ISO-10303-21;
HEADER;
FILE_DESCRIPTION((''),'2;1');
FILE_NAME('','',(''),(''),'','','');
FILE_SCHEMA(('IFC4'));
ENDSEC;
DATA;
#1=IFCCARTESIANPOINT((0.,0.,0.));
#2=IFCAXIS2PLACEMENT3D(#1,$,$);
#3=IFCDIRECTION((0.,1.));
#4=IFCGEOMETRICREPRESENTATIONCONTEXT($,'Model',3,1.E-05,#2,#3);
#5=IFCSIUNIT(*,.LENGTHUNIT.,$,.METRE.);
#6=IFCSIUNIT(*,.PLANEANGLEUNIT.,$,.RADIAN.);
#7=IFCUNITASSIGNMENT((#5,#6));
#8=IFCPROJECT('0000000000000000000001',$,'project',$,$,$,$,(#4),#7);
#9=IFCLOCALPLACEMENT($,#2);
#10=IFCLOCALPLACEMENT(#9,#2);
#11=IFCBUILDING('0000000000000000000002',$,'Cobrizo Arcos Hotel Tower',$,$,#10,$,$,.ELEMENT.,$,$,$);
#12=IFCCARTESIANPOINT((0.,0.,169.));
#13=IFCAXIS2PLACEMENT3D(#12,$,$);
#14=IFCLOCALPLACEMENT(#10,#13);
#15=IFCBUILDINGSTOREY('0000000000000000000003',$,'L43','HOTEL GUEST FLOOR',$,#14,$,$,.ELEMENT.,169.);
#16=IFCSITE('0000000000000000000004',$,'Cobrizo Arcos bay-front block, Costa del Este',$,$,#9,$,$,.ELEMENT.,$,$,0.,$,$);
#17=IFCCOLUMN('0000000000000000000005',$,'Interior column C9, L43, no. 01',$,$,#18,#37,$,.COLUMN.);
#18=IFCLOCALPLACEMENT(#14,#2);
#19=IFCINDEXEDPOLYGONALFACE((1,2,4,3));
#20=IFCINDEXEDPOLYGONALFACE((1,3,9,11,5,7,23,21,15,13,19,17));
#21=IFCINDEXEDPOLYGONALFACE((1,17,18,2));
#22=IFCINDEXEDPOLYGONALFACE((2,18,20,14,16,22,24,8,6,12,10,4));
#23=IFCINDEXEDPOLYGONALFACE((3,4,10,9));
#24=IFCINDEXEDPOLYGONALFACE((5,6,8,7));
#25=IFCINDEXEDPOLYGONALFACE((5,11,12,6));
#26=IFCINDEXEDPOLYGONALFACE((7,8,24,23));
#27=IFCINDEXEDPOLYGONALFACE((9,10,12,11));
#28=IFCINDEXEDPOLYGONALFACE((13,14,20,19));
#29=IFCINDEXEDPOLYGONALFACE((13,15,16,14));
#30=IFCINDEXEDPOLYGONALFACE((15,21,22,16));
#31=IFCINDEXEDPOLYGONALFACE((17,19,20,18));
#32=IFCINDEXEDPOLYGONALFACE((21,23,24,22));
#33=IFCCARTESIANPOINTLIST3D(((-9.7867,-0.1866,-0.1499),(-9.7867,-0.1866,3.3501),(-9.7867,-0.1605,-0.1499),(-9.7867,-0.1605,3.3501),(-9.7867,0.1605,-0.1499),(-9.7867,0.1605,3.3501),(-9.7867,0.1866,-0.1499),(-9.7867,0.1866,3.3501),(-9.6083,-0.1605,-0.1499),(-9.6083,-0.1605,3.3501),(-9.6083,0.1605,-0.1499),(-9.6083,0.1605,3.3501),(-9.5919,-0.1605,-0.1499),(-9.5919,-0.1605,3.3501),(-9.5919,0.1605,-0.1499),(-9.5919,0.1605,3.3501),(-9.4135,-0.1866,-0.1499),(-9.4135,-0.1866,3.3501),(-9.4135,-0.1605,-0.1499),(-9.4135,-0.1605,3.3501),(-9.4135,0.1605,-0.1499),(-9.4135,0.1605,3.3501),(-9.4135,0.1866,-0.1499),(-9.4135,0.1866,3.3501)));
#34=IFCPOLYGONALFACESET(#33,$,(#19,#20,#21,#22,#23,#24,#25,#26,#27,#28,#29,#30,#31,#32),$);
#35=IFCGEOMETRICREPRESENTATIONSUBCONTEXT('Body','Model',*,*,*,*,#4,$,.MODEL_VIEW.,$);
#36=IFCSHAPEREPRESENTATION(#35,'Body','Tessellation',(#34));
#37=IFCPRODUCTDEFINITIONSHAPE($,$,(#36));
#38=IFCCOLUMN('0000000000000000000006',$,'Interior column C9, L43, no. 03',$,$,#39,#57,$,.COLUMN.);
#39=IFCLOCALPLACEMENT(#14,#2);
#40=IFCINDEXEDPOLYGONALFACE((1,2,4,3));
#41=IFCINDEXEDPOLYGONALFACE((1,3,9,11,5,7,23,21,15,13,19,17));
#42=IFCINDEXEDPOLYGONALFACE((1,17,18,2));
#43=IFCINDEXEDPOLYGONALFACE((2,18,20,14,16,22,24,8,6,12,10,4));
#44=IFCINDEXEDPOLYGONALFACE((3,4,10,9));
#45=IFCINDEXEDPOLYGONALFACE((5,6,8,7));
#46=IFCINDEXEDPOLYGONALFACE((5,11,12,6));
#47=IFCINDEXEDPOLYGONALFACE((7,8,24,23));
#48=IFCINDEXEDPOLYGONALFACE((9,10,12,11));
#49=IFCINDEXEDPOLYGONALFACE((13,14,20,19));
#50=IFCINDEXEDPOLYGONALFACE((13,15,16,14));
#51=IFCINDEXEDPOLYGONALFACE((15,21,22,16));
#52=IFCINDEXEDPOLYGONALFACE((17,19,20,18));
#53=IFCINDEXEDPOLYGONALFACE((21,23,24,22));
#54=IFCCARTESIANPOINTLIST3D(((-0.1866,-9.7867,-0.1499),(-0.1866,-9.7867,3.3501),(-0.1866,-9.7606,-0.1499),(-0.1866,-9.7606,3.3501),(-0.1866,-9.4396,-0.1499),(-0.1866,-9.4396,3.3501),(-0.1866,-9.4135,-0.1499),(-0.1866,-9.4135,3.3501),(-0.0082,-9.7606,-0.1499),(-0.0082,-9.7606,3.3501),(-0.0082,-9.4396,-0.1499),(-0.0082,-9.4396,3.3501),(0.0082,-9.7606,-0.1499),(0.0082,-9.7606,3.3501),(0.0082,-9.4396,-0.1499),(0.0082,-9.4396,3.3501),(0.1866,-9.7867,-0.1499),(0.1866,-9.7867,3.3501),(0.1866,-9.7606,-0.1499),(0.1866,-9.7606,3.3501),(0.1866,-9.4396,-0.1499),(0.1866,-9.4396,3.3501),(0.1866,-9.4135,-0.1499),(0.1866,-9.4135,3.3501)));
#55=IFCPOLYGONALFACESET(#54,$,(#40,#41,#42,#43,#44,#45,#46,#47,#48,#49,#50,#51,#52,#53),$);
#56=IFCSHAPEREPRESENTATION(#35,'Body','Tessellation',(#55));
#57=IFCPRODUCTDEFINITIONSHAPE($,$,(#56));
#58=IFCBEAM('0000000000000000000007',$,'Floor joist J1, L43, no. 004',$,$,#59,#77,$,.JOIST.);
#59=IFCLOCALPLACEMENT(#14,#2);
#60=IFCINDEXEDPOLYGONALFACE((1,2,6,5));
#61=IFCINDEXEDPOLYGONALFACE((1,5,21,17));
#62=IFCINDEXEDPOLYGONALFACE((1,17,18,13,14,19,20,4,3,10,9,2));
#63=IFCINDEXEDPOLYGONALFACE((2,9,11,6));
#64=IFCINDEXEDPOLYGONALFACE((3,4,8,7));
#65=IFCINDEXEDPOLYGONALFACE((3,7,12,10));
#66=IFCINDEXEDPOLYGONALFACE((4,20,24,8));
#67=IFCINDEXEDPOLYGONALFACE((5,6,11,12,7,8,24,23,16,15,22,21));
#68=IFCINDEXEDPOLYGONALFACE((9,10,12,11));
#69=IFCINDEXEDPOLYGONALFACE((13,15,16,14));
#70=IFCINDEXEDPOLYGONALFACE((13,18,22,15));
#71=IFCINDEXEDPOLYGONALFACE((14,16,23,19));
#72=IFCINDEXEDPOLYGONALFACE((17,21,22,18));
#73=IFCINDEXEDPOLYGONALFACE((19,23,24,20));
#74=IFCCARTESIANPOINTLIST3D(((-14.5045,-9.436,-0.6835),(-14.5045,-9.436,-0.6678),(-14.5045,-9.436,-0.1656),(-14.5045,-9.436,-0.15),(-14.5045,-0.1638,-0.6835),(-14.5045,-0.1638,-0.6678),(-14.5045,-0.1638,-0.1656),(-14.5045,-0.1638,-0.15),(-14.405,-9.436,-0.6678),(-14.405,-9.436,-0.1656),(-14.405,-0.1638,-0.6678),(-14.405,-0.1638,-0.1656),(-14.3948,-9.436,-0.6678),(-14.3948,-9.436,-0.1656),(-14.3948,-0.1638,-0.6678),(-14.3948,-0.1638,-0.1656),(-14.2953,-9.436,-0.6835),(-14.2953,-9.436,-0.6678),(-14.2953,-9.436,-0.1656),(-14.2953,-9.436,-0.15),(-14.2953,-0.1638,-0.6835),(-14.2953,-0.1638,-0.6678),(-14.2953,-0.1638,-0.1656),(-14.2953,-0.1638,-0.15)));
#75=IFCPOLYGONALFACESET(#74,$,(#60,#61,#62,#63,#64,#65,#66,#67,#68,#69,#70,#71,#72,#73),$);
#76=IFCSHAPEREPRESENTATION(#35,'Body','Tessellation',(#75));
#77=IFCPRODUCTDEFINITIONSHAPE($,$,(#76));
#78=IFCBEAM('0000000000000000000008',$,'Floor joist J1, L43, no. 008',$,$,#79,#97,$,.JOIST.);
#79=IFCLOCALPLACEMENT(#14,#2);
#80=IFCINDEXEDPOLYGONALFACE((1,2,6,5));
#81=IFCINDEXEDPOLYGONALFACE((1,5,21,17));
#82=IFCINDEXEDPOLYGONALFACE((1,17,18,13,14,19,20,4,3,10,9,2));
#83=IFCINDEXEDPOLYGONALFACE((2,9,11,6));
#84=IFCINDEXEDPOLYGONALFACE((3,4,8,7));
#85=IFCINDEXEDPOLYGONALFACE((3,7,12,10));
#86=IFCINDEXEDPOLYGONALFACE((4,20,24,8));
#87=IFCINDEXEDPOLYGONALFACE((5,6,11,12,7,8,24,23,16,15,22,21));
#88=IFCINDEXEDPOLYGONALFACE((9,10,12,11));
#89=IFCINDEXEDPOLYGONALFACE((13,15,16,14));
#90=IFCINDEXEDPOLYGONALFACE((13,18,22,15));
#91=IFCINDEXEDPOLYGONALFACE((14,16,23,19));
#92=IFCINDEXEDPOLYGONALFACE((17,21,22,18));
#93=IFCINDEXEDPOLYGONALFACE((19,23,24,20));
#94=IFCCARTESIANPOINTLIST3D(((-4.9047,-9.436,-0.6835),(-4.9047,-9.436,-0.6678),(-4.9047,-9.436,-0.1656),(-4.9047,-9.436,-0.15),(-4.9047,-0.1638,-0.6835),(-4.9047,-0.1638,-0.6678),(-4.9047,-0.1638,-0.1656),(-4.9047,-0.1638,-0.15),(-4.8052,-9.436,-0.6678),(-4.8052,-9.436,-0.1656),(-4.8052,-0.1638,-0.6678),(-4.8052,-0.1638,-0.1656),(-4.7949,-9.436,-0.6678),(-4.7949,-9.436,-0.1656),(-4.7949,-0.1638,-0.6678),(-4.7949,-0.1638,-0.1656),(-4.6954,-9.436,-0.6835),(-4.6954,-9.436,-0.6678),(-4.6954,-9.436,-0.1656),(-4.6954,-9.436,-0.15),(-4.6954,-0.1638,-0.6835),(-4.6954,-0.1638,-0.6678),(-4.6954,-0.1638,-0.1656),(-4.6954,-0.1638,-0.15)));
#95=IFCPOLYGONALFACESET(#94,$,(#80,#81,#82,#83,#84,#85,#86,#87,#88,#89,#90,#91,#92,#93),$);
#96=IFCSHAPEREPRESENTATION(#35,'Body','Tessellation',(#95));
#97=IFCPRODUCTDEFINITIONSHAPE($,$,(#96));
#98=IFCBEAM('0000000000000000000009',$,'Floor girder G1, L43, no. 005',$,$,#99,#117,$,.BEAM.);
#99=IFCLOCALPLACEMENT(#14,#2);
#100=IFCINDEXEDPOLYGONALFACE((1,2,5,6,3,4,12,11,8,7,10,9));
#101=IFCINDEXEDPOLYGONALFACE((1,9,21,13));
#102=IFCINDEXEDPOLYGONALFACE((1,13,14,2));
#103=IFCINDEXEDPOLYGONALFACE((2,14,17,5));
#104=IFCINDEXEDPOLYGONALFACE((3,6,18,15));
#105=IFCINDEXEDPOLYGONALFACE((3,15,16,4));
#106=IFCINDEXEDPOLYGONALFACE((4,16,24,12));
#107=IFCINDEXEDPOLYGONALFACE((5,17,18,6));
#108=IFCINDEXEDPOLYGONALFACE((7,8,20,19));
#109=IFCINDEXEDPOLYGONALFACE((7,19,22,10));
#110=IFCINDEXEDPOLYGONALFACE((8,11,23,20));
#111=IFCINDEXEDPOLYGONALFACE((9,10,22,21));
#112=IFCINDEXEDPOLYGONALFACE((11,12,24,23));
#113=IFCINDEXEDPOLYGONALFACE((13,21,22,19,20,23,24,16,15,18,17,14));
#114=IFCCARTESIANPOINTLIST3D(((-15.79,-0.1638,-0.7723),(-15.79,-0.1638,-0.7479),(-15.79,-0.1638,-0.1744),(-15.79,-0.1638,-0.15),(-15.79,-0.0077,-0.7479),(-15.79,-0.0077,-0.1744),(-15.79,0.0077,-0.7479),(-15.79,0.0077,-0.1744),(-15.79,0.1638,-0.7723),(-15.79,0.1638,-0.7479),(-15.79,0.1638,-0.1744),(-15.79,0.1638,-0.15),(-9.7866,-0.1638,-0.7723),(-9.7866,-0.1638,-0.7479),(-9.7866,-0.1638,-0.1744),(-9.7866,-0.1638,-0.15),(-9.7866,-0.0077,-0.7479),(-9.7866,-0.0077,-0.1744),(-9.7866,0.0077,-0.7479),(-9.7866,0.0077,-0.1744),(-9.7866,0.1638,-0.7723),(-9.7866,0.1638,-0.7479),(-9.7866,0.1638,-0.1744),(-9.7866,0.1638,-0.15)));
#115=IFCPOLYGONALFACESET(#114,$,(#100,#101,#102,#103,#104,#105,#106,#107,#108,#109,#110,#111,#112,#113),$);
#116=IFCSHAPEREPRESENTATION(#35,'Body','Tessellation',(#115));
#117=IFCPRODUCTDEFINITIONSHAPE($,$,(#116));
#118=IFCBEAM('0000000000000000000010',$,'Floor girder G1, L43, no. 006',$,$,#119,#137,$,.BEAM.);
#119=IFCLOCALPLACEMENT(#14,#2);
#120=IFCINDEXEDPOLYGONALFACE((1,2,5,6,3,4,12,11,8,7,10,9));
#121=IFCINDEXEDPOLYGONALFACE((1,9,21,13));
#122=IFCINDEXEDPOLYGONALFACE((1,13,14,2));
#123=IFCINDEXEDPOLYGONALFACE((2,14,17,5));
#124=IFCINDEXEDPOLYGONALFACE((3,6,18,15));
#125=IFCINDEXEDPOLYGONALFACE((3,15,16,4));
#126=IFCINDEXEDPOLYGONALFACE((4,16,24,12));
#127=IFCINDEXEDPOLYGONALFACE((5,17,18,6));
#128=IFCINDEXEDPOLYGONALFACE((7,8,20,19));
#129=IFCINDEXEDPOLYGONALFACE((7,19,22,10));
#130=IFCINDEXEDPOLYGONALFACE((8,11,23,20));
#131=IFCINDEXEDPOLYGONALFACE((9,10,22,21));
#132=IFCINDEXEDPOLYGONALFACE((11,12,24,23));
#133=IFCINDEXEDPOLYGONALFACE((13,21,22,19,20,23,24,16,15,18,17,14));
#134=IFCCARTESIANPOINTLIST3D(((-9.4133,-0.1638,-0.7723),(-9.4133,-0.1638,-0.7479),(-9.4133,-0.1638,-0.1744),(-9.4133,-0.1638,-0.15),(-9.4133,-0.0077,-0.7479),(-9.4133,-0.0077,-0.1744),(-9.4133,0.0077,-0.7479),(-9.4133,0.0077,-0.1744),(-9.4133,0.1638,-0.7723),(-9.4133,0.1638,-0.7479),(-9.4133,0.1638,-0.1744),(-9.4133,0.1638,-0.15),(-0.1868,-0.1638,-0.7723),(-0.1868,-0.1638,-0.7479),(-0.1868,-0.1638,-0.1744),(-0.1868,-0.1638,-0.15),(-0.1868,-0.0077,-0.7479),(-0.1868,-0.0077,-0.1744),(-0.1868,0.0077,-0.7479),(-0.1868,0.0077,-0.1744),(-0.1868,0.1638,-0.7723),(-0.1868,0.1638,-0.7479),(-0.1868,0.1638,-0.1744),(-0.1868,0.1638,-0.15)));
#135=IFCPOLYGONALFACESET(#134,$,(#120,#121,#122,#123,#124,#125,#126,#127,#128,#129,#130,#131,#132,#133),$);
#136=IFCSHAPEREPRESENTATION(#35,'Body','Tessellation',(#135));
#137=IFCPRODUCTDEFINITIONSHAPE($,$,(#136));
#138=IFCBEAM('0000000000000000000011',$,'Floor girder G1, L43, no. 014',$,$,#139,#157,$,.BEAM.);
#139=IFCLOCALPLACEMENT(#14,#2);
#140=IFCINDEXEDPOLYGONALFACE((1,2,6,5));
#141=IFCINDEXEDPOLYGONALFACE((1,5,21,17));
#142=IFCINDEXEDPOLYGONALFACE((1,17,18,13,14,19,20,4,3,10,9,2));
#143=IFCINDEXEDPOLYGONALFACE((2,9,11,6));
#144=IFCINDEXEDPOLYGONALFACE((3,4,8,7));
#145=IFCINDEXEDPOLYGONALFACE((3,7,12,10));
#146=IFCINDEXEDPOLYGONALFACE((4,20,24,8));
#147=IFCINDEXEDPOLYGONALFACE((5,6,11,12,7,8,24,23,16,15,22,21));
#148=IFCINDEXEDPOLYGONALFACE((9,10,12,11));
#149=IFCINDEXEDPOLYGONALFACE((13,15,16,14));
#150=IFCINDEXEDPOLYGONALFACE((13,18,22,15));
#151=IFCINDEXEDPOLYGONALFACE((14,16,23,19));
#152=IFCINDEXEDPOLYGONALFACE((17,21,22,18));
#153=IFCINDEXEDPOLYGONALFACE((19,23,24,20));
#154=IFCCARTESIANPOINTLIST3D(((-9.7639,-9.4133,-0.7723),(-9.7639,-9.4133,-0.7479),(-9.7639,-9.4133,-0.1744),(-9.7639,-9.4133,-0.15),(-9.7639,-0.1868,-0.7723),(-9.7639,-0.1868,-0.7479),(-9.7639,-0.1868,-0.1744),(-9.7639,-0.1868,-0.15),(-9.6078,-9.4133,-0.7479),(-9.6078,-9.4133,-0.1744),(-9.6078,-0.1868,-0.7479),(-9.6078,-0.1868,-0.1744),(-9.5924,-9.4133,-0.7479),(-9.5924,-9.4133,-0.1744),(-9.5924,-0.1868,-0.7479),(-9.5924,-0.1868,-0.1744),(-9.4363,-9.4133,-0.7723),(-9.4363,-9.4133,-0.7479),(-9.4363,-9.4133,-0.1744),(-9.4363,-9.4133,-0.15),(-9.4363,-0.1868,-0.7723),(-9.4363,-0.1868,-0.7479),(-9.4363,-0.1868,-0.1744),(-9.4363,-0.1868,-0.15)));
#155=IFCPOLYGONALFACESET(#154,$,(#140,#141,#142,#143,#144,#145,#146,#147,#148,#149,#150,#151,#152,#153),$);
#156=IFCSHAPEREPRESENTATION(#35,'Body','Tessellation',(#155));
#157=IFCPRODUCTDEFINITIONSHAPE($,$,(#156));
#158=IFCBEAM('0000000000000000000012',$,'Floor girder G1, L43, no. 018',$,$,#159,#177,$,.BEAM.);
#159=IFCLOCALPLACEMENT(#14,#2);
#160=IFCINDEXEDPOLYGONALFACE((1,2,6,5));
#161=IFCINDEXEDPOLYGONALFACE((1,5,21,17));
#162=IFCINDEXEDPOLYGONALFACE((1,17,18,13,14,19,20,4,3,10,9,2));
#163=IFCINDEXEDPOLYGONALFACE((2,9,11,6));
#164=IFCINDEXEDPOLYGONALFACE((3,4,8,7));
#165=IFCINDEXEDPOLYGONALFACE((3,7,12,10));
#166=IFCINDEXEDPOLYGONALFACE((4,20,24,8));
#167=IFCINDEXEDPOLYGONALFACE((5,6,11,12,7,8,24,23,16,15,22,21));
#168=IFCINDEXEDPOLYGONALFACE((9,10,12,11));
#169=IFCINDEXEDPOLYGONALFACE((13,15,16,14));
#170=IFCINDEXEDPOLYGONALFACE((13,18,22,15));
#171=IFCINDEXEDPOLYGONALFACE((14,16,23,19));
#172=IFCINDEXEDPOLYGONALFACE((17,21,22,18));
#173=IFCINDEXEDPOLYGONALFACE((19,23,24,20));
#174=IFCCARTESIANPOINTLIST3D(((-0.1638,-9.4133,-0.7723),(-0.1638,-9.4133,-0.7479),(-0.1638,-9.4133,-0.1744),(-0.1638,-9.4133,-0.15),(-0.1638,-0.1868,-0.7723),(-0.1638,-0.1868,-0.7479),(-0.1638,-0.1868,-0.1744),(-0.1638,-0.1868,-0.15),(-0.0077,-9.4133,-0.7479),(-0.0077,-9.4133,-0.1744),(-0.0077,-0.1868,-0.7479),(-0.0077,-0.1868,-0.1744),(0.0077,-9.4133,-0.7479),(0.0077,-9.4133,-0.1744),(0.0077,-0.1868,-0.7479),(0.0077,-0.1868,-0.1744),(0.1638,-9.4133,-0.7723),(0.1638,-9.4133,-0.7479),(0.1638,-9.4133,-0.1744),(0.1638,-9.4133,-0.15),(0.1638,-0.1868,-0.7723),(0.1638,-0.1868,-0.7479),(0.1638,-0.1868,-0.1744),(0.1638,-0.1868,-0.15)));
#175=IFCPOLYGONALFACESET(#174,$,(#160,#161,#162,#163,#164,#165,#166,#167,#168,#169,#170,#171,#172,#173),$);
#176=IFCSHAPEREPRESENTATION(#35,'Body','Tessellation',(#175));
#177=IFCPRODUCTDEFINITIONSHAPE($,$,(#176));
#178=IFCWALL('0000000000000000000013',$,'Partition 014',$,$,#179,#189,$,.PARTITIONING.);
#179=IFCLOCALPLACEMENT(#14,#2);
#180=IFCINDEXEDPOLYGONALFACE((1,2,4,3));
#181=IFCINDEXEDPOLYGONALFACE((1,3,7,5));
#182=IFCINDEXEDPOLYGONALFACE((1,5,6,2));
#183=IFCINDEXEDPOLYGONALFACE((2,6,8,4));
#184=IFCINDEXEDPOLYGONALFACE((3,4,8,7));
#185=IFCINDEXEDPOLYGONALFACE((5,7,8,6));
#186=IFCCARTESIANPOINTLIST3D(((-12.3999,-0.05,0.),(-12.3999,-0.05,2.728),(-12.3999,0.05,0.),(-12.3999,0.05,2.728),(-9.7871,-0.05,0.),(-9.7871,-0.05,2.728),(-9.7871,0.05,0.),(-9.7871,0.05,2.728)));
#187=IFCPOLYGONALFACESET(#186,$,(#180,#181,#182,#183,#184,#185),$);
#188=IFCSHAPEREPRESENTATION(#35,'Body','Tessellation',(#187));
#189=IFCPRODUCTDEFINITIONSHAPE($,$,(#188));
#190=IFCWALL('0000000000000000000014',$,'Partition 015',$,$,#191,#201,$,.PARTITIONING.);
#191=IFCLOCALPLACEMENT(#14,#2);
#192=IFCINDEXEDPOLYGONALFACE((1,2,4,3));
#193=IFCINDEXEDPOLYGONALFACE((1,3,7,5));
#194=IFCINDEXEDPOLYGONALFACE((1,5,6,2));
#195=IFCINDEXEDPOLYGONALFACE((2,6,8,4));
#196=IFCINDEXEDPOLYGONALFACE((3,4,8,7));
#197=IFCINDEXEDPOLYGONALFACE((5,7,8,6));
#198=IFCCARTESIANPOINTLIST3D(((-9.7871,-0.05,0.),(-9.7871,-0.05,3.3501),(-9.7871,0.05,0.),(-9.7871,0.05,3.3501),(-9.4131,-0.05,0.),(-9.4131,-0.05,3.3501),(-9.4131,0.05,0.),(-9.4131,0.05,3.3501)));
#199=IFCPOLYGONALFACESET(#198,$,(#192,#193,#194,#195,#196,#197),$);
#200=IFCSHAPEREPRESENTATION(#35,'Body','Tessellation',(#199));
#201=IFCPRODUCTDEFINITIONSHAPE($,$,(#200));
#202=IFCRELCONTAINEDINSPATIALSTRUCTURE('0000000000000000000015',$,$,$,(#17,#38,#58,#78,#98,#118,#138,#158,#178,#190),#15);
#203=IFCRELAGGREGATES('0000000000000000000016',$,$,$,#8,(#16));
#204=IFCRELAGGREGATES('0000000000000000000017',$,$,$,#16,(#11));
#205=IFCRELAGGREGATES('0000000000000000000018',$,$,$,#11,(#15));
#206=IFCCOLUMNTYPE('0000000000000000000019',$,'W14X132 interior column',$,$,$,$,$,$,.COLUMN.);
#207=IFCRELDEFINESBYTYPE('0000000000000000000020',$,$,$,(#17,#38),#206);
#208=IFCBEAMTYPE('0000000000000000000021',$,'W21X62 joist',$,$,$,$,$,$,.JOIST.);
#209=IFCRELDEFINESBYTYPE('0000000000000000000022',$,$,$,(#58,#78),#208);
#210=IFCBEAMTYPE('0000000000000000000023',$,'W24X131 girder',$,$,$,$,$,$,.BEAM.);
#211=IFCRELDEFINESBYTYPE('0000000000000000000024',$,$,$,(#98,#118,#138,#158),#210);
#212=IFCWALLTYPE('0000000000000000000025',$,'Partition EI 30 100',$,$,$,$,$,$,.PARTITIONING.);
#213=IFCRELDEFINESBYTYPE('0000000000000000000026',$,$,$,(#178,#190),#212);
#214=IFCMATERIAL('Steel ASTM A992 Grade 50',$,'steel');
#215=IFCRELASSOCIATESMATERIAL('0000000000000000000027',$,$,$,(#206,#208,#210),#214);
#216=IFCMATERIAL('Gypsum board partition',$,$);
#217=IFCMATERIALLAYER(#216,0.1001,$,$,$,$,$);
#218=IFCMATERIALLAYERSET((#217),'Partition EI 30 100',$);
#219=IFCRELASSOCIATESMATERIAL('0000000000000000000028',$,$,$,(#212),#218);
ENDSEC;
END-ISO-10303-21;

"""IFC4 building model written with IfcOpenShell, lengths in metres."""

from ifc_helpers import new_model, si_unit, direction, frame, frame_2d, origin, origin_2d, place, context, subcontext, project, spatial, rectangle, i_section, extrude, material, layer, layer_set, material_profile, profile_set, type_object, element, save


model = new_model("IFC4")

# Units and contexts
model_context = context("Model", 3, precision=1e-05, world=origin(), true_north=direction((0.0, 1.0)))
body_context = subcontext(model_context, "Body", "Model", "MODEL_VIEW")
ifc_project = project(units=[si_unit("LENGTHUNIT", "METRE"), si_unit("PLANEANGLEUNIT", "RADIAN")], contexts=[model_context])

# Site, building, storey
site_placement = place(None, origin())
site = spatial("IfcSite", under=ifc_project, at=site_placement, Name="Cobrizo Arcos bay-front block, Costa del Este", CompositionType="ELEMENT", RefElevation=0.0)
building_placement = place(site_placement, origin())
building = spatial("IfcBuilding", under=site, at=building_placement, Name="Cobrizo Arcos Hotel Tower", CompositionType="ELEMENT")
storey_placement = place(building_placement, frame((0.0, 0.0, 169.0)))
storey = spatial("IfcBuildingStorey", under=building, at=storey_placement, Name="L43", Description="HOTEL GUEST FLOOR", CompositionType="ELEMENT", Elevation=169.0)

# Columns
ifc_material_1 = material(Name="Steel ASTM A992 Grade 50", Category="steel")
ifc_material_profile_1 = material_profile(ifc_material_1, i_section(OverallWidth=0.3733, OverallDepth=0.3733, WebThickness=0.0164, FlangeThickness=0.0261, at=origin_2d()), Name="W14X132")
ifc_profile_set_1 = profile_set([ifc_material_profile_1], Name="Steel ASTM A992 Grade 50")
column_type = type_object("IfcColumnType", Name="W14X132 interior column", PredefinedType="COLUMN", material=ifc_profile_set_1)
for number, where, z_axis, x_axis, name in (
    (1, (-9.6001, 0.0, -0.1499), (0.0, 0.0, 1.0), (1.0, 0.0, 0.0), "Interior column C9, L43, no. 01"),
    (2, (0.0, -9.6001, -0.1499), (0.0, 0.0, 1.0), (1.0, 0.0, 0.0), "Interior column C9, L43, no. 03"),
):
    element("IfcColumn", number, at=place(storey_placement, frame(where, z_axis=z_axis, x_axis=x_axis)), inside=storey, type_object=column_type, Name=name, PredefinedType="COLUMN", context=body_context, shape_type="SweptSolid", body=[
        extrude(i_section(OverallWidth=0.3733, OverallDepth=0.3733, WebThickness=0.0164, FlangeThickness=0.0261, at=origin_2d()), origin(), (0.0, 0.0, 1.0), 3.5),
    ])

# Beams
ifc_material_profile_2 = material_profile(ifc_material_1, i_section(OverallWidth=0.2092, OverallDepth=0.5334, WebThickness=0.0103, FlangeThickness=0.0156, at=origin_2d()), Name="W21X62")
ifc_profile_set_2 = profile_set([ifc_material_profile_2], Name="Steel ASTM A992 Grade 50")
beam_type_1 = type_object("IfcBeamType", Name="W21X62 joist", PredefinedType="JOIST", material=ifc_profile_set_2)
for number, where, z_axis, x_axis, name in (
    (3, (-14.3999, -9.436, -0.4167), (0.0, 1.0, 0.0), (-1.0, 0.0, 0.0), "Floor joist J1, L43, no. 004"),
    (4, (-4.8, -9.436, -0.4167), (0.0, 1.0, 0.0), (-1.0, 0.0, 0.0), "Floor joist J1, L43, no. 008"),
):
    element("IfcBeam", number, at=place(storey_placement, frame(where, z_axis=z_axis, x_axis=x_axis)), inside=storey, type_object=beam_type_1, Name=name, PredefinedType="JOIST", context=body_context, shape_type="SweptSolid", body=[
        extrude(i_section(OverallWidth=0.2092, OverallDepth=0.5334, WebThickness=0.0103, FlangeThickness=0.0156, at=origin_2d()), origin(), (0.0, 0.0, 1.0), 9.2722),
    ])
ifc_material_profile_3 = material_profile(ifc_material_1, i_section(OverallWidth=0.3276, OverallDepth=0.6223, WebThickness=0.0154, FlangeThickness=0.0244, at=origin_2d()), Name="W24X131")
ifc_profile_set_3 = profile_set([ifc_material_profile_3], Name="Steel ASTM A992 Grade 50")
beam_type_2 = type_object("IfcBeamType", Name="W24X131 girder", PredefinedType="BEAM", material=ifc_profile_set_3)
beam_placement = place(storey_placement, frame((-15.79, 0.0, -0.4612), z_axis=(1.0, 0.0, 0.0), x_axis=(0.0, 1.0, 0.0)))
element("IfcBeam", 5, at=beam_placement, inside=storey, type_object=beam_type_2, Name="Floor girder G1, L43, no. 005", PredefinedType="BEAM", context=body_context, shape_type="SweptSolid", body=[
    extrude(i_section(OverallWidth=0.3276, OverallDepth=0.6223, WebThickness=0.0154, FlangeThickness=0.0244, at=origin_2d()), origin(), (0.0, 0.0, 1.0), 6.0034),
])
for number, where, z_axis, x_axis, name in (
    (6, (-9.4133, 0.0, -0.4612), (1.0, 0.0, 0.0), (0.0, 1.0, 0.0), "Floor girder G1, L43, no. 006"),
    (7, (-9.6001, -9.4133, -0.4612), (0.0, 1.0, 0.0), (-1.0, 0.0, 0.0), "Floor girder G1, L43, no. 014"),
    (8, (0.0, -9.4133, -0.4612), (0.0, 1.0, 0.0), (-1.0, 0.0, 0.0), "Floor girder G1, L43, no. 018"),
):
    element("IfcBeam", number, at=place(storey_placement, frame(where, z_axis=z_axis, x_axis=x_axis)), inside=storey, type_object=beam_type_2, Name=name, PredefinedType="BEAM", context=body_context, shape_type="SweptSolid", body=[
        extrude(i_section(OverallWidth=0.3276, OverallDepth=0.6223, WebThickness=0.0154, FlangeThickness=0.0244, at=origin_2d()), origin(), (0.0, 0.0, 1.0), 9.2266),
    ])

# Walls
ifc_material_2 = material(Name="Gypsum board partition")
ifc_layer_1 = layer(ifc_material_2, 0.1001)
ifc_layer_set_1 = layer_set([ifc_layer_1], Name="Partition EI 30 100")
wall_type_1 = type_object("IfcWallType", Name="Partition EI 30 100", PredefinedType="PARTITIONING", material=ifc_layer_set_1)
wall_1_placement = place(storey_placement, frame((-12.3999, 0.0, 0.0), z_axis=(0.0, 0.0, 1.0), x_axis=(1.0, 0.0, 0.0)))
element("IfcWall", 9, at=wall_1_placement, inside=storey, type_object=wall_type_1, Name="Partition 014", PredefinedType="PARTITIONING", context=body_context, shape_type="SweptSolid", body=[
    extrude(rectangle(XDim=2.6128, YDim=0.1001, at=frame_2d((1.3064, 0.0))), origin(), (0.0, 0.0, 1.0), 2.728),
])
wall_2_placement = place(storey_placement, frame((-9.7871, 0.0, 0.0), z_axis=(0.0, 0.0, 1.0), x_axis=(1.0, 0.0, 0.0)))
element("IfcWall", 10, at=wall_2_placement, inside=storey, type_object=wall_type_1, Name="Partition 015", PredefinedType="PARTITIONING", context=body_context, shape_type="SweptSolid", body=[
    extrude(rectangle(XDim=0.374, YDim=0.1001, at=frame_2d((0.187, 0.0))), origin(), (0.0, 0.0, 1.0), 3.3501),
])

save(model, "model.ifc")
